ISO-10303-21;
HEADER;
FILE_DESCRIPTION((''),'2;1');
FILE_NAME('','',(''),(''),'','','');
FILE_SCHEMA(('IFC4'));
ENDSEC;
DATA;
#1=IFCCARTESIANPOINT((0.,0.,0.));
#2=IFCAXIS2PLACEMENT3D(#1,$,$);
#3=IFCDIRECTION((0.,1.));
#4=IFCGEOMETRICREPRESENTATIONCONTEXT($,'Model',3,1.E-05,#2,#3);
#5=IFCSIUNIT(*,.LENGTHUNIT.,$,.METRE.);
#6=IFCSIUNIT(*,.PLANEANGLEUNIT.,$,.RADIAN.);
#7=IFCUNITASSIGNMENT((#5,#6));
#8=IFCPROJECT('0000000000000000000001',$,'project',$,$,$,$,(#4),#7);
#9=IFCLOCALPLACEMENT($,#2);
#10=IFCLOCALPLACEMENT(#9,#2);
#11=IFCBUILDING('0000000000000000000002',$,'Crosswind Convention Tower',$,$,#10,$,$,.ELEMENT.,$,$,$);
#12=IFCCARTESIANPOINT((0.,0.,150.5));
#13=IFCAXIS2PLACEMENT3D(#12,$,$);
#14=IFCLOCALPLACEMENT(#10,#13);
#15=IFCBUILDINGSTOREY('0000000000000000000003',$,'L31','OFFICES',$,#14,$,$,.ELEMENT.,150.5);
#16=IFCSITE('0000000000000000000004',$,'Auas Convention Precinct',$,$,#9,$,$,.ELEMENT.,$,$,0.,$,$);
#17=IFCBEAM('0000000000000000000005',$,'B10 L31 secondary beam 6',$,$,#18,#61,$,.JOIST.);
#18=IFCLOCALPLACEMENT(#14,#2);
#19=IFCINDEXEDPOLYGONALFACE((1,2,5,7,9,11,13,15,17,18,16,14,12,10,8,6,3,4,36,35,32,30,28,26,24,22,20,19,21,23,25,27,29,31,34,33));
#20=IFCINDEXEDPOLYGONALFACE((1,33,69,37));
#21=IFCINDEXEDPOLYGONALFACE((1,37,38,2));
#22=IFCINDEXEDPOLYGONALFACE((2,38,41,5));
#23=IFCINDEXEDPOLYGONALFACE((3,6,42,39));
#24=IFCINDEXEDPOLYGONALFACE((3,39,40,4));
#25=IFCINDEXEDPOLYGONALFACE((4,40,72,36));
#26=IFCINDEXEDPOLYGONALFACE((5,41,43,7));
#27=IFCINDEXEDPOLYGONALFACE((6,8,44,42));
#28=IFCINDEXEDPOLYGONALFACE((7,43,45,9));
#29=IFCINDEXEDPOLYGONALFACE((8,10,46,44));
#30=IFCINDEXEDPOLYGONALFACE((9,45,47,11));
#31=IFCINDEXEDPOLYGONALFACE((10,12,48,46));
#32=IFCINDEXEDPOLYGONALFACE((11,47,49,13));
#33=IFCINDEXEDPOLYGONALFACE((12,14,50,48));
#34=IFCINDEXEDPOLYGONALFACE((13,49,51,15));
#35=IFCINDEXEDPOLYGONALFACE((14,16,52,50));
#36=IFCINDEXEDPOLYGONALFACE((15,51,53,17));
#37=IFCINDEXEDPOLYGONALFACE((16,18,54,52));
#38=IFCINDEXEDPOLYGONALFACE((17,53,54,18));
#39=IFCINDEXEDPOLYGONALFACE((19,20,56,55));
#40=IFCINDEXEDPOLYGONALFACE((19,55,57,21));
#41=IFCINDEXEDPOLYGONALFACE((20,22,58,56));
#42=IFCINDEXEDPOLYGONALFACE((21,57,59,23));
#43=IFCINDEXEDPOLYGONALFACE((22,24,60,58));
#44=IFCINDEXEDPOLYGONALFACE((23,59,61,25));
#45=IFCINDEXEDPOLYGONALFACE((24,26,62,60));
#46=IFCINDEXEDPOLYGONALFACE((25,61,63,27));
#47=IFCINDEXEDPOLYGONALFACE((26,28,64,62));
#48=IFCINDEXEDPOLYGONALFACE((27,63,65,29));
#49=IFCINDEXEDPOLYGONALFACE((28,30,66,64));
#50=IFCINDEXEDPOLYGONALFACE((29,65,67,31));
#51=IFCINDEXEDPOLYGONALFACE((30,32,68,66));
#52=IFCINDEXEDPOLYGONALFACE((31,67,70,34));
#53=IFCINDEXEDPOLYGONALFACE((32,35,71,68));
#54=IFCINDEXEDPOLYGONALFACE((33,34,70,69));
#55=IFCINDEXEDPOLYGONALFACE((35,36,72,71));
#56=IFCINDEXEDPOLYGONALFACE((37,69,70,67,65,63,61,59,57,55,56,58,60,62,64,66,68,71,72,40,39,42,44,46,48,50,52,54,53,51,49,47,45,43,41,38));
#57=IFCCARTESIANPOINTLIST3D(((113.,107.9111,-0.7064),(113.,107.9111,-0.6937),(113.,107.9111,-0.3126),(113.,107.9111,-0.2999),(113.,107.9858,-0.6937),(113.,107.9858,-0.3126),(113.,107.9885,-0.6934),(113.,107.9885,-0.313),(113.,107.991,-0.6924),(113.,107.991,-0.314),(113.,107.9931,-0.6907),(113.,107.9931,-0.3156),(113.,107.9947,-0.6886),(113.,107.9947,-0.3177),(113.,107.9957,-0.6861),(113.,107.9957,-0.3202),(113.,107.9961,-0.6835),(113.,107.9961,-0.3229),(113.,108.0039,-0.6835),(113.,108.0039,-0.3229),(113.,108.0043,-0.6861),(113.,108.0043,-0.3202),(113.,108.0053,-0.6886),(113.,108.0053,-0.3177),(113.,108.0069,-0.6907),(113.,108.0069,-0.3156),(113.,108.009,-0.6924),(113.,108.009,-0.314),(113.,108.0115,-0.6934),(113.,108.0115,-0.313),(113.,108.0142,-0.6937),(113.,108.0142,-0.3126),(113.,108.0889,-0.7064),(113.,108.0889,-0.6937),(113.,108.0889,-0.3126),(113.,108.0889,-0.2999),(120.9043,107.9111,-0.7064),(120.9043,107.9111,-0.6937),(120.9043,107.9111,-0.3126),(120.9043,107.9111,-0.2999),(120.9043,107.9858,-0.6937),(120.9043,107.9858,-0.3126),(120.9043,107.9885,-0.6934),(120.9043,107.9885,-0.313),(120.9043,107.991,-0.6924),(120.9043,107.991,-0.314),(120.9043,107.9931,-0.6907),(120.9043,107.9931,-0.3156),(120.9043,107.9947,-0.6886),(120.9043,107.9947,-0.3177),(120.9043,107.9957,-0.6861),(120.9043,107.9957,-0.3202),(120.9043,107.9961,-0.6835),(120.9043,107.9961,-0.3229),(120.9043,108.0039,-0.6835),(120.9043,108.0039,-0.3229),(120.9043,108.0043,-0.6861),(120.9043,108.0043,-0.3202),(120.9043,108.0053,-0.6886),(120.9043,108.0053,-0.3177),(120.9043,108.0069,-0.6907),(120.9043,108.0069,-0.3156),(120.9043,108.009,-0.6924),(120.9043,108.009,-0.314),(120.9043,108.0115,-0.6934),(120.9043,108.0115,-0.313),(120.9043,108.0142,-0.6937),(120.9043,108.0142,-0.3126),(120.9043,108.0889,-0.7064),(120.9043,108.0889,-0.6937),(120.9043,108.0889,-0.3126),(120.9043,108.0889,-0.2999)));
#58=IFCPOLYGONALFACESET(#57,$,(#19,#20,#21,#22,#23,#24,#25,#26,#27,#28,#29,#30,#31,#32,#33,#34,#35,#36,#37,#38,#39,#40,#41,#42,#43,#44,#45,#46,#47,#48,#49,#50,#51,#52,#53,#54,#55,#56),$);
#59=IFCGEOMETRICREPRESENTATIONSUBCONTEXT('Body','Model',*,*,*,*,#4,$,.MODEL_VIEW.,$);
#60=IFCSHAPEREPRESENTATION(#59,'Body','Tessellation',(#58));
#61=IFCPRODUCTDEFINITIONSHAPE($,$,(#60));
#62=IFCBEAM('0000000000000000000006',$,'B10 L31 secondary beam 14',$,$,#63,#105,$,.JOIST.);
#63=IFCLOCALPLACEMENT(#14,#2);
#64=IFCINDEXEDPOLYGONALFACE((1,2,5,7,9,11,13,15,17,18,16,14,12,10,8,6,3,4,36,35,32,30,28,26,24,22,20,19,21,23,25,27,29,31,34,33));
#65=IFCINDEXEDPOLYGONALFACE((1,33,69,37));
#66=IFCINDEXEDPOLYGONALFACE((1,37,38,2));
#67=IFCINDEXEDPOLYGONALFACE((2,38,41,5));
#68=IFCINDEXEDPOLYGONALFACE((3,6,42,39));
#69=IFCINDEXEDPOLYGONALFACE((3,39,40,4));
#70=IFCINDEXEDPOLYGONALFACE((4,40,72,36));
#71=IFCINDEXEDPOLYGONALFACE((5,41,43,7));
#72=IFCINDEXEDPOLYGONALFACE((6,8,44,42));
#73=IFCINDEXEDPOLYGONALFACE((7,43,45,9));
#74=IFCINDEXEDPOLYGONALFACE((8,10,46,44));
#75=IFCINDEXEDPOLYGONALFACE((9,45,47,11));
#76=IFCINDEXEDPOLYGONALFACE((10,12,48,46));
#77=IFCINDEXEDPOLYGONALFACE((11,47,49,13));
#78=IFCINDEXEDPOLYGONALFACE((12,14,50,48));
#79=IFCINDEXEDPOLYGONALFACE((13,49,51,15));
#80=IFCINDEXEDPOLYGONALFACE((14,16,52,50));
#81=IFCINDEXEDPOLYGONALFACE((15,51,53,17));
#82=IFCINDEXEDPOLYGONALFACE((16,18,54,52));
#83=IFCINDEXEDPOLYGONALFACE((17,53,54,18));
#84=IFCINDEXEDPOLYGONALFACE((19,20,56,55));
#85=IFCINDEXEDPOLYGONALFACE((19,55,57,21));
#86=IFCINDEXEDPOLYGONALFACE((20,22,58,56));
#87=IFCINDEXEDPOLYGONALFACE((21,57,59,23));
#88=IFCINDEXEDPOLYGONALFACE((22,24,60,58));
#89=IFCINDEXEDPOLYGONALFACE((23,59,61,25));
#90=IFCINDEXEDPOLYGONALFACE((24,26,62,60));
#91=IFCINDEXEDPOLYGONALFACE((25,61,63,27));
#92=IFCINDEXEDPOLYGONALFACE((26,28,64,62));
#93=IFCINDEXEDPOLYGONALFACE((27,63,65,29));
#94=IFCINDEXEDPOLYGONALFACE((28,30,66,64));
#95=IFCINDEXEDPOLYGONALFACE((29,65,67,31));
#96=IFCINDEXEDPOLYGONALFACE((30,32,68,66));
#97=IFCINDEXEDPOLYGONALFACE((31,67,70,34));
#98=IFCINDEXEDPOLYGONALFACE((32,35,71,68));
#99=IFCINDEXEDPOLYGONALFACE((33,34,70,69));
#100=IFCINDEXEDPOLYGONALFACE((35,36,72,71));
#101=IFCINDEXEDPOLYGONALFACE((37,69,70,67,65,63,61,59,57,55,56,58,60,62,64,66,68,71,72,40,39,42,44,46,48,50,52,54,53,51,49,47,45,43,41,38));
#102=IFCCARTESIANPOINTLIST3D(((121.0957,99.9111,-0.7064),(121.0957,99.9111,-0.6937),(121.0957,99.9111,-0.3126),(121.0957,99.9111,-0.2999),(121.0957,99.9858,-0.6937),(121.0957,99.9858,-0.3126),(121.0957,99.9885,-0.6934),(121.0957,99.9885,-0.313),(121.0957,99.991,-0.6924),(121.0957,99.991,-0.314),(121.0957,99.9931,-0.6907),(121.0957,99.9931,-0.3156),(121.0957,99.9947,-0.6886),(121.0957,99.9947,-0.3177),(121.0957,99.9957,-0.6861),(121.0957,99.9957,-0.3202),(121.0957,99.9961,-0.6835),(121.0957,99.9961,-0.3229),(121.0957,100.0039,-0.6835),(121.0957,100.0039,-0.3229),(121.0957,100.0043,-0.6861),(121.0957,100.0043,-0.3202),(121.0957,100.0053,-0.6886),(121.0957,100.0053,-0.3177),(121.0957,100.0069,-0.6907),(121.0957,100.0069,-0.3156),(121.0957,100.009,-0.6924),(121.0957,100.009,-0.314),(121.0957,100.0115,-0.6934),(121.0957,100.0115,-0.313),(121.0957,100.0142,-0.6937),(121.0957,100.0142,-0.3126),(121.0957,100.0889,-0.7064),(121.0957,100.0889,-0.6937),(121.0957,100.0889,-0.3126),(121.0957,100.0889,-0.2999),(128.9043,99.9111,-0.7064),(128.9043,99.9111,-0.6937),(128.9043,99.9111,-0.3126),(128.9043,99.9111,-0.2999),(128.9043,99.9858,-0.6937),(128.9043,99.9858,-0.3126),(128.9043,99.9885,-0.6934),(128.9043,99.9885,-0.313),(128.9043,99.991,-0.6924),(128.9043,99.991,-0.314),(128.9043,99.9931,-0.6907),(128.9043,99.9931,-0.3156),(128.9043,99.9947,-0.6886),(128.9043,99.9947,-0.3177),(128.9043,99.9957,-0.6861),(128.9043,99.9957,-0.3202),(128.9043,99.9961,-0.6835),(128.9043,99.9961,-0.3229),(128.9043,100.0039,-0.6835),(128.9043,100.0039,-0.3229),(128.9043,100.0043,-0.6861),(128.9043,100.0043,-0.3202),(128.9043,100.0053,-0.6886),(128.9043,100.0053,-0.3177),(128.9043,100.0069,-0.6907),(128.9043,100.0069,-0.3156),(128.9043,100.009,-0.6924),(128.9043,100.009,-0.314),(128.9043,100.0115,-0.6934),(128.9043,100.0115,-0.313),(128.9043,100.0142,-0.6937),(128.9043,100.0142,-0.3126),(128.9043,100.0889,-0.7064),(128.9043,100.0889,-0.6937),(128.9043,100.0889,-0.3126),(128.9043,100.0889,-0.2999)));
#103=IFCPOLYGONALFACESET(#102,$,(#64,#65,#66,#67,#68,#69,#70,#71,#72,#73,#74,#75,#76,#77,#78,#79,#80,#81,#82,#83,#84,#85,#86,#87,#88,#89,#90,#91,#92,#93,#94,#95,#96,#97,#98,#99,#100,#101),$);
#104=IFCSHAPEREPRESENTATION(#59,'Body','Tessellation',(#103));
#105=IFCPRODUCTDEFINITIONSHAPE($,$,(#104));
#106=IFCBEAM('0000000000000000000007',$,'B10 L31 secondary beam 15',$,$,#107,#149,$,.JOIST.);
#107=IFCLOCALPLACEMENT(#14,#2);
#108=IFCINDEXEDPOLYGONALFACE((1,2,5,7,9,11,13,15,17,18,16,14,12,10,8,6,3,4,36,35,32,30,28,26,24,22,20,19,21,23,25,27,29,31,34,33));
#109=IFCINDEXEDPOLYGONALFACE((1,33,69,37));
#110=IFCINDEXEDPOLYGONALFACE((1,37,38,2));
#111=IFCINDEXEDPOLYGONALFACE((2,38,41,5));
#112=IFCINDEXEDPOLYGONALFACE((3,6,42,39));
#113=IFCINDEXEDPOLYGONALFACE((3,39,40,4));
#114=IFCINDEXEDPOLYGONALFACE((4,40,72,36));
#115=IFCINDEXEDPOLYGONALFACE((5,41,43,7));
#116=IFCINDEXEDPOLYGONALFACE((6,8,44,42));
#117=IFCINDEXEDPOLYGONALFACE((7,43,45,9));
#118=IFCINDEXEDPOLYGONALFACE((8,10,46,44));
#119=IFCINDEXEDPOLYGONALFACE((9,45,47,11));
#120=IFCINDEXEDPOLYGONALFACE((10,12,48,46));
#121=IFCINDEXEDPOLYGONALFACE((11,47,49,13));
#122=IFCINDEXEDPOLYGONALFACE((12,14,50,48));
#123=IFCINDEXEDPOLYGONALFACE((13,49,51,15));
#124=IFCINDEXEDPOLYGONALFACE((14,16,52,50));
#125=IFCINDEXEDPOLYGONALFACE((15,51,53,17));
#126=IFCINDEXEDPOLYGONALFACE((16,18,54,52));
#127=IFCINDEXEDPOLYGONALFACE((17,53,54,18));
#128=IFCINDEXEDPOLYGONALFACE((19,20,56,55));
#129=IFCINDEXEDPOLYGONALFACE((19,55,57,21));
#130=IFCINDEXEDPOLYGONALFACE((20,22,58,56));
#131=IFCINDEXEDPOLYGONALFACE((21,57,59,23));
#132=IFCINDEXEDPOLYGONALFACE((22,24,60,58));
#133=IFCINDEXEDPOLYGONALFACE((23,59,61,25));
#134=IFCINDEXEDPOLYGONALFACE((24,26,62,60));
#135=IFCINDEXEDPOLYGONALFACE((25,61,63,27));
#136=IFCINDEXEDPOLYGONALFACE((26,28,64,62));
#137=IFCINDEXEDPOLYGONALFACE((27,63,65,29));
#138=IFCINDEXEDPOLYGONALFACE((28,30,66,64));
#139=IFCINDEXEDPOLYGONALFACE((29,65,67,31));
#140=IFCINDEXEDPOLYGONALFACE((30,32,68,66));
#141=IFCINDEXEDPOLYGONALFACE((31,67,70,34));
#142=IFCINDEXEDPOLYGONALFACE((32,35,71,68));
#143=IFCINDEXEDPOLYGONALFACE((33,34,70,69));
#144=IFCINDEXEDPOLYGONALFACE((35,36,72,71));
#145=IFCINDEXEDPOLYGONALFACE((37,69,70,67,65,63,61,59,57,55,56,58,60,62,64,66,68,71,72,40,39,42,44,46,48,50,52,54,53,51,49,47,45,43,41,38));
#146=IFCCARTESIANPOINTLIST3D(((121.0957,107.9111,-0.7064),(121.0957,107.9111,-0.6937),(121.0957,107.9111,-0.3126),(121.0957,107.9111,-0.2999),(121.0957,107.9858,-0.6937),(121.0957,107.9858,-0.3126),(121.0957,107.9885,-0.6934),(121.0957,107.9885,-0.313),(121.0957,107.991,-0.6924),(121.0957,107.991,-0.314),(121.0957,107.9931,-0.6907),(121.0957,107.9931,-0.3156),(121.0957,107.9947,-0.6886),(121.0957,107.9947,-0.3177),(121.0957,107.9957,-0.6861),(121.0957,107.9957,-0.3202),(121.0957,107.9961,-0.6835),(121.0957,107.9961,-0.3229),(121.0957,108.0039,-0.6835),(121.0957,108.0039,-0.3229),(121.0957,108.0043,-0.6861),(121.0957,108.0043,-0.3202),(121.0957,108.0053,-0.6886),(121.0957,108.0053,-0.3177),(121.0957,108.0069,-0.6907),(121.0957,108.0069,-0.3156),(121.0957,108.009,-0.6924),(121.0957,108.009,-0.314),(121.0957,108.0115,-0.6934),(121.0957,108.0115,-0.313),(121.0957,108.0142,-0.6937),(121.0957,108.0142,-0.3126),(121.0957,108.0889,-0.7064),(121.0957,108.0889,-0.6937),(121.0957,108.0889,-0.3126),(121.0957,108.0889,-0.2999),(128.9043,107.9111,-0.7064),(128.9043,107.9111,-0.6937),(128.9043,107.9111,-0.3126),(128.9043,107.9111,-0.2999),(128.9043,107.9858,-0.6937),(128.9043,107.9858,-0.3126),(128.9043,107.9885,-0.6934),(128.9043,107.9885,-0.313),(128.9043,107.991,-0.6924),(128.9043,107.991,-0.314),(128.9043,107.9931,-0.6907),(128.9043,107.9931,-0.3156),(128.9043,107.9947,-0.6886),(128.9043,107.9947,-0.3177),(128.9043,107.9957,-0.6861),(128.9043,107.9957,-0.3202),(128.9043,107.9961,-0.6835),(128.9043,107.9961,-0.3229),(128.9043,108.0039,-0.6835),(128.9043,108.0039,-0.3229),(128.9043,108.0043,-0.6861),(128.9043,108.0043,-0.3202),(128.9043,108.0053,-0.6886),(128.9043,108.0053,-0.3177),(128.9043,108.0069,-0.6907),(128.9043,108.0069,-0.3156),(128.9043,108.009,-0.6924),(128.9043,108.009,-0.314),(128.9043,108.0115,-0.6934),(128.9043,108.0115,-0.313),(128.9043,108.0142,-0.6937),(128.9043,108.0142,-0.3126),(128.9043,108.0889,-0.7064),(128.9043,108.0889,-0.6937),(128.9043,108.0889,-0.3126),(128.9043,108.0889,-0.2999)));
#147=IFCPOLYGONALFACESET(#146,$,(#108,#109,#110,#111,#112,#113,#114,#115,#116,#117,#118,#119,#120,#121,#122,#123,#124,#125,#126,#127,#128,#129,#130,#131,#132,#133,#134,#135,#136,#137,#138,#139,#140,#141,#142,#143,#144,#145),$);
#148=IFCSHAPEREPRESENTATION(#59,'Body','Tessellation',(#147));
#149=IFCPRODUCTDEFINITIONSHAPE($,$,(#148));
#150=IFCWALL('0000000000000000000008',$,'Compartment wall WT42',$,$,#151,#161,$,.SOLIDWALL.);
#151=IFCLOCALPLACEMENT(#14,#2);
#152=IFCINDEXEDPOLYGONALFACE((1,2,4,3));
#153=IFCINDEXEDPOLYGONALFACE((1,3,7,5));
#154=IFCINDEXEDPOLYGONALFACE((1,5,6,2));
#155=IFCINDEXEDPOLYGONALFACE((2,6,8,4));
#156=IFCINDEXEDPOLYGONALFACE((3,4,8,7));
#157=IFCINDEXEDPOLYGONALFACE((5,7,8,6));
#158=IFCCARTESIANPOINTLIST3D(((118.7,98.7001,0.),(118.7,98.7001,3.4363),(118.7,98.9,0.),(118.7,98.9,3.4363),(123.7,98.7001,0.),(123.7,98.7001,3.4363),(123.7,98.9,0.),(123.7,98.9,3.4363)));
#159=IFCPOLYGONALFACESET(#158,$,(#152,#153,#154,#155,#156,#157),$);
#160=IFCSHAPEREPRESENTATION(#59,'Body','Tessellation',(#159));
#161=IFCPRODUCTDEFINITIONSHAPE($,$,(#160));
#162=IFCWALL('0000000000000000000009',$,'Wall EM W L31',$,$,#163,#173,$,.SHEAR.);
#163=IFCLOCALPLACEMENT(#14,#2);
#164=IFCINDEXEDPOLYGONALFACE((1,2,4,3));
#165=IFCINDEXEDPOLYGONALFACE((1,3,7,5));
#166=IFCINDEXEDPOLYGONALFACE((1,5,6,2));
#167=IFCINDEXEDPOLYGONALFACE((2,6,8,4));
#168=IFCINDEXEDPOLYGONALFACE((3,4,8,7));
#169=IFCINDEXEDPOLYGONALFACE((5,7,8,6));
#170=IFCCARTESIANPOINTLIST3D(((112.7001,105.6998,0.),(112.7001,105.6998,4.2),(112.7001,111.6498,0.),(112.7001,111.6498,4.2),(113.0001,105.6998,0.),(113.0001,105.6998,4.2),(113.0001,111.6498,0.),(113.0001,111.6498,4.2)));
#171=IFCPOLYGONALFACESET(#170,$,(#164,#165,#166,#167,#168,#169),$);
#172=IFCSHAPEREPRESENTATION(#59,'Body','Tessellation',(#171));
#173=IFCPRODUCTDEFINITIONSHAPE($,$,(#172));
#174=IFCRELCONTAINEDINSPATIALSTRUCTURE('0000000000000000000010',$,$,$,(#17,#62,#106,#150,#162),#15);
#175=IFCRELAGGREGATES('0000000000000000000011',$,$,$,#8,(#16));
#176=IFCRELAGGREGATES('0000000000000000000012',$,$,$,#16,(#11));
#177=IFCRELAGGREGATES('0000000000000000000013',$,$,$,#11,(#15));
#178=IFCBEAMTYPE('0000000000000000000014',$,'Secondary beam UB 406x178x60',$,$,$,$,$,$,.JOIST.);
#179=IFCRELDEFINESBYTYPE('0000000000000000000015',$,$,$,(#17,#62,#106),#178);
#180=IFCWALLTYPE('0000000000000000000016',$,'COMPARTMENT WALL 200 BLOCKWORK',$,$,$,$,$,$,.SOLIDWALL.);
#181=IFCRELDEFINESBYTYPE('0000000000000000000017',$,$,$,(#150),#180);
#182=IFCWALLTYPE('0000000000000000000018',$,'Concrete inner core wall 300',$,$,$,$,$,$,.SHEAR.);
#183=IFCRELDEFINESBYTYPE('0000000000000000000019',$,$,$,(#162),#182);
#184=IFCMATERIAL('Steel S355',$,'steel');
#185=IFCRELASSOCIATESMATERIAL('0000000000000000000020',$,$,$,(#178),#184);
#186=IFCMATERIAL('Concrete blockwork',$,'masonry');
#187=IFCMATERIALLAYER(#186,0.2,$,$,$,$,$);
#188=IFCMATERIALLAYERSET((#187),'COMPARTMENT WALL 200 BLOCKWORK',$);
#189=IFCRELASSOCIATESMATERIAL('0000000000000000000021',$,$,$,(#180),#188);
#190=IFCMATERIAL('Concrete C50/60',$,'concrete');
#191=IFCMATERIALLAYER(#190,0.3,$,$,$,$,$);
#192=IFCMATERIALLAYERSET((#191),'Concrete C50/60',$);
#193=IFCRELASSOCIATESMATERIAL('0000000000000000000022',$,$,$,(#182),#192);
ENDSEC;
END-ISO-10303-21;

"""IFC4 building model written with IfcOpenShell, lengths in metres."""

from ifc_helpers import new_model, si_unit, direction, frame, frame_2d, origin, origin_2d, place, context, subcontext, project, spatial, rectangle, i_section, extrude, material, layer, layer_set, material_profile, profile_set, type_object, element, save


model = new_model("IFC4")

# Units and contexts
model_context = context("Model", 3, precision=1e-05, world=origin(), true_north=direction((0.0, 1.0)))
body_context = subcontext(model_context, "Body", "Model", "MODEL_VIEW")
ifc_project = project(units=[si_unit("LENGTHUNIT", "METRE"), si_unit("PLANEANGLEUNIT", "RADIAN")], contexts=[model_context])

# Site, building, storey
site_placement = place(None, origin())
site = spatial("IfcSite", under=ifc_project, at=site_placement, Name="Auas Convention Precinct", CompositionType="ELEMENT", RefElevation=0.0)
building_placement = place(site_placement, origin())
building = spatial("IfcBuilding", under=site, at=building_placement, Name="Crosswind Convention Tower", CompositionType="ELEMENT")
storey_placement = place(building_placement, frame((0.0, 0.0, 150.5)))
storey = spatial("IfcBuildingStorey", under=building, at=storey_placement, Name="L31", Description="OFFICES", CompositionType="ELEMENT", Elevation=150.5)

# Shared definitions
ifc_material_1 = material(Name="Steel S355", Category="steel")

# Beams
ifc_material_profile_1 = material_profile(ifc_material_1, i_section(OverallWidth=0.1777, OverallDepth=0.4065, WebThickness=0.0078, FlangeThickness=0.0127, FilletRadius=0.0103, at=origin_2d()), Name="UB 406x178x60")
ifc_profile_set_1 = profile_set([ifc_material_profile_1], Name="Steel S355")
beam_type_1 = type_object("IfcBeamType", Name="Secondary beam UB 406x178x60", PredefinedType="JOIST", material=ifc_profile_set_1)
for number, where, z_axis, x_axis, name in (
    (1, (113.0, 108.0, -0.5032), (1.0, 0.0, 0.0), (0.0, 1.0, 0.0), "B10 L31 secondary beam 6"),
):
    element("IfcBeam", number, at=place(storey_placement, frame(where, z_axis=z_axis, x_axis=x_axis)), inside=storey, type_object=beam_type_1, Name=name, PredefinedType="JOIST", context=body_context, shape_type="SweptSolid", body=[
        extrude(i_section(OverallWidth=0.1777, OverallDepth=0.4065, WebThickness=0.0078, FlangeThickness=0.0127, FilletRadius=0.0103, at=origin_2d()), origin(), (0.0, 0.0, 1.0), 7.9043),
    ])
for number, where, z_axis, x_axis, name in (
    (2, (121.0957, 100.0, -0.5032), (1.0, 0.0, 0.0), (0.0, 1.0, 0.0), "B10 L31 secondary beam 14"),
    (3, (121.0957, 108.0, -0.5032), (1.0, 0.0, 0.0), (0.0, 1.0, 0.0), "B10 L31 secondary beam 15"),
):
    element("IfcBeam", number, at=place(storey_placement, frame(where, z_axis=z_axis, x_axis=x_axis)), inside=storey, type_object=beam_type_1, Name=name, PredefinedType="JOIST", context=body_context, shape_type="SweptSolid", body=[
        extrude(i_section(OverallWidth=0.1777, OverallDepth=0.4065, WebThickness=0.0078, FlangeThickness=0.0127, FilletRadius=0.0103, at=origin_2d()), origin(), (0.0, 0.0, 1.0), 7.8086),
    ])

# Wall
ifc_material_2 = material(Name="Concrete blockwork", Category="masonry")
ifc_layer_1 = layer(ifc_material_2, 0.2)
ifc_layer_set_1 = layer_set([ifc_layer_1], Name="COMPARTMENT WALL 200 BLOCKWORK")
wall_type_1 = type_object("IfcWallType", Name="COMPARTMENT WALL 200 BLOCKWORK", PredefinedType="SOLIDWALL", material=ifc_layer_set_1)
wall_1_placement = place(storey_placement, frame((118.7, 98.8, 0.0), z_axis=(0.0, 0.0, 1.0), x_axis=(1.0, 0.0, 0.0)))
element("IfcWall", 4, at=wall_1_placement, inside=storey, type_object=wall_type_1, Name="Compartment wall WT42", PredefinedType="SOLIDWALL", context=body_context, shape_type="SweptSolid", body=[
    extrude(rectangle(XDim=5.0, YDim=0.2, at=frame_2d((2.5, 0.0))), origin(), (0.0, 0.0, 1.0), 3.4363),
])

# Shared definitions
ifc_material_3 = material(Name="Concrete C50/60", Category="concrete")
ifc_layer_2 = layer(ifc_material_3, 0.3)
ifc_layer_set_2 = layer_set([ifc_layer_2], Name="Concrete C50/60")
wall_type_2 = type_object("IfcWallType", Name="Concrete inner core wall 300", PredefinedType="SHEAR", material=ifc_layer_set_2)

# Wall
wall_2_placement = place(storey_placement, frame((112.8501, 111.6499, 0.0), z_axis=(0.0, 0.0, 1.0), x_axis=(0.0, -1.0, 0.0)))
element("IfcWall", 5, at=wall_2_placement, inside=storey, type_object=wall_type_2, Name="Wall EM W L31", PredefinedType="SHEAR", context=body_context, shape_type="SweptSolid", body=[
    extrude(rectangle(XDim=5.95, YDim=0.3, at=frame_2d((2.9751, 0.0))), origin(), (0.0, 0.0, 1.0), 4.2),
])

save(model, "model.ifc")
